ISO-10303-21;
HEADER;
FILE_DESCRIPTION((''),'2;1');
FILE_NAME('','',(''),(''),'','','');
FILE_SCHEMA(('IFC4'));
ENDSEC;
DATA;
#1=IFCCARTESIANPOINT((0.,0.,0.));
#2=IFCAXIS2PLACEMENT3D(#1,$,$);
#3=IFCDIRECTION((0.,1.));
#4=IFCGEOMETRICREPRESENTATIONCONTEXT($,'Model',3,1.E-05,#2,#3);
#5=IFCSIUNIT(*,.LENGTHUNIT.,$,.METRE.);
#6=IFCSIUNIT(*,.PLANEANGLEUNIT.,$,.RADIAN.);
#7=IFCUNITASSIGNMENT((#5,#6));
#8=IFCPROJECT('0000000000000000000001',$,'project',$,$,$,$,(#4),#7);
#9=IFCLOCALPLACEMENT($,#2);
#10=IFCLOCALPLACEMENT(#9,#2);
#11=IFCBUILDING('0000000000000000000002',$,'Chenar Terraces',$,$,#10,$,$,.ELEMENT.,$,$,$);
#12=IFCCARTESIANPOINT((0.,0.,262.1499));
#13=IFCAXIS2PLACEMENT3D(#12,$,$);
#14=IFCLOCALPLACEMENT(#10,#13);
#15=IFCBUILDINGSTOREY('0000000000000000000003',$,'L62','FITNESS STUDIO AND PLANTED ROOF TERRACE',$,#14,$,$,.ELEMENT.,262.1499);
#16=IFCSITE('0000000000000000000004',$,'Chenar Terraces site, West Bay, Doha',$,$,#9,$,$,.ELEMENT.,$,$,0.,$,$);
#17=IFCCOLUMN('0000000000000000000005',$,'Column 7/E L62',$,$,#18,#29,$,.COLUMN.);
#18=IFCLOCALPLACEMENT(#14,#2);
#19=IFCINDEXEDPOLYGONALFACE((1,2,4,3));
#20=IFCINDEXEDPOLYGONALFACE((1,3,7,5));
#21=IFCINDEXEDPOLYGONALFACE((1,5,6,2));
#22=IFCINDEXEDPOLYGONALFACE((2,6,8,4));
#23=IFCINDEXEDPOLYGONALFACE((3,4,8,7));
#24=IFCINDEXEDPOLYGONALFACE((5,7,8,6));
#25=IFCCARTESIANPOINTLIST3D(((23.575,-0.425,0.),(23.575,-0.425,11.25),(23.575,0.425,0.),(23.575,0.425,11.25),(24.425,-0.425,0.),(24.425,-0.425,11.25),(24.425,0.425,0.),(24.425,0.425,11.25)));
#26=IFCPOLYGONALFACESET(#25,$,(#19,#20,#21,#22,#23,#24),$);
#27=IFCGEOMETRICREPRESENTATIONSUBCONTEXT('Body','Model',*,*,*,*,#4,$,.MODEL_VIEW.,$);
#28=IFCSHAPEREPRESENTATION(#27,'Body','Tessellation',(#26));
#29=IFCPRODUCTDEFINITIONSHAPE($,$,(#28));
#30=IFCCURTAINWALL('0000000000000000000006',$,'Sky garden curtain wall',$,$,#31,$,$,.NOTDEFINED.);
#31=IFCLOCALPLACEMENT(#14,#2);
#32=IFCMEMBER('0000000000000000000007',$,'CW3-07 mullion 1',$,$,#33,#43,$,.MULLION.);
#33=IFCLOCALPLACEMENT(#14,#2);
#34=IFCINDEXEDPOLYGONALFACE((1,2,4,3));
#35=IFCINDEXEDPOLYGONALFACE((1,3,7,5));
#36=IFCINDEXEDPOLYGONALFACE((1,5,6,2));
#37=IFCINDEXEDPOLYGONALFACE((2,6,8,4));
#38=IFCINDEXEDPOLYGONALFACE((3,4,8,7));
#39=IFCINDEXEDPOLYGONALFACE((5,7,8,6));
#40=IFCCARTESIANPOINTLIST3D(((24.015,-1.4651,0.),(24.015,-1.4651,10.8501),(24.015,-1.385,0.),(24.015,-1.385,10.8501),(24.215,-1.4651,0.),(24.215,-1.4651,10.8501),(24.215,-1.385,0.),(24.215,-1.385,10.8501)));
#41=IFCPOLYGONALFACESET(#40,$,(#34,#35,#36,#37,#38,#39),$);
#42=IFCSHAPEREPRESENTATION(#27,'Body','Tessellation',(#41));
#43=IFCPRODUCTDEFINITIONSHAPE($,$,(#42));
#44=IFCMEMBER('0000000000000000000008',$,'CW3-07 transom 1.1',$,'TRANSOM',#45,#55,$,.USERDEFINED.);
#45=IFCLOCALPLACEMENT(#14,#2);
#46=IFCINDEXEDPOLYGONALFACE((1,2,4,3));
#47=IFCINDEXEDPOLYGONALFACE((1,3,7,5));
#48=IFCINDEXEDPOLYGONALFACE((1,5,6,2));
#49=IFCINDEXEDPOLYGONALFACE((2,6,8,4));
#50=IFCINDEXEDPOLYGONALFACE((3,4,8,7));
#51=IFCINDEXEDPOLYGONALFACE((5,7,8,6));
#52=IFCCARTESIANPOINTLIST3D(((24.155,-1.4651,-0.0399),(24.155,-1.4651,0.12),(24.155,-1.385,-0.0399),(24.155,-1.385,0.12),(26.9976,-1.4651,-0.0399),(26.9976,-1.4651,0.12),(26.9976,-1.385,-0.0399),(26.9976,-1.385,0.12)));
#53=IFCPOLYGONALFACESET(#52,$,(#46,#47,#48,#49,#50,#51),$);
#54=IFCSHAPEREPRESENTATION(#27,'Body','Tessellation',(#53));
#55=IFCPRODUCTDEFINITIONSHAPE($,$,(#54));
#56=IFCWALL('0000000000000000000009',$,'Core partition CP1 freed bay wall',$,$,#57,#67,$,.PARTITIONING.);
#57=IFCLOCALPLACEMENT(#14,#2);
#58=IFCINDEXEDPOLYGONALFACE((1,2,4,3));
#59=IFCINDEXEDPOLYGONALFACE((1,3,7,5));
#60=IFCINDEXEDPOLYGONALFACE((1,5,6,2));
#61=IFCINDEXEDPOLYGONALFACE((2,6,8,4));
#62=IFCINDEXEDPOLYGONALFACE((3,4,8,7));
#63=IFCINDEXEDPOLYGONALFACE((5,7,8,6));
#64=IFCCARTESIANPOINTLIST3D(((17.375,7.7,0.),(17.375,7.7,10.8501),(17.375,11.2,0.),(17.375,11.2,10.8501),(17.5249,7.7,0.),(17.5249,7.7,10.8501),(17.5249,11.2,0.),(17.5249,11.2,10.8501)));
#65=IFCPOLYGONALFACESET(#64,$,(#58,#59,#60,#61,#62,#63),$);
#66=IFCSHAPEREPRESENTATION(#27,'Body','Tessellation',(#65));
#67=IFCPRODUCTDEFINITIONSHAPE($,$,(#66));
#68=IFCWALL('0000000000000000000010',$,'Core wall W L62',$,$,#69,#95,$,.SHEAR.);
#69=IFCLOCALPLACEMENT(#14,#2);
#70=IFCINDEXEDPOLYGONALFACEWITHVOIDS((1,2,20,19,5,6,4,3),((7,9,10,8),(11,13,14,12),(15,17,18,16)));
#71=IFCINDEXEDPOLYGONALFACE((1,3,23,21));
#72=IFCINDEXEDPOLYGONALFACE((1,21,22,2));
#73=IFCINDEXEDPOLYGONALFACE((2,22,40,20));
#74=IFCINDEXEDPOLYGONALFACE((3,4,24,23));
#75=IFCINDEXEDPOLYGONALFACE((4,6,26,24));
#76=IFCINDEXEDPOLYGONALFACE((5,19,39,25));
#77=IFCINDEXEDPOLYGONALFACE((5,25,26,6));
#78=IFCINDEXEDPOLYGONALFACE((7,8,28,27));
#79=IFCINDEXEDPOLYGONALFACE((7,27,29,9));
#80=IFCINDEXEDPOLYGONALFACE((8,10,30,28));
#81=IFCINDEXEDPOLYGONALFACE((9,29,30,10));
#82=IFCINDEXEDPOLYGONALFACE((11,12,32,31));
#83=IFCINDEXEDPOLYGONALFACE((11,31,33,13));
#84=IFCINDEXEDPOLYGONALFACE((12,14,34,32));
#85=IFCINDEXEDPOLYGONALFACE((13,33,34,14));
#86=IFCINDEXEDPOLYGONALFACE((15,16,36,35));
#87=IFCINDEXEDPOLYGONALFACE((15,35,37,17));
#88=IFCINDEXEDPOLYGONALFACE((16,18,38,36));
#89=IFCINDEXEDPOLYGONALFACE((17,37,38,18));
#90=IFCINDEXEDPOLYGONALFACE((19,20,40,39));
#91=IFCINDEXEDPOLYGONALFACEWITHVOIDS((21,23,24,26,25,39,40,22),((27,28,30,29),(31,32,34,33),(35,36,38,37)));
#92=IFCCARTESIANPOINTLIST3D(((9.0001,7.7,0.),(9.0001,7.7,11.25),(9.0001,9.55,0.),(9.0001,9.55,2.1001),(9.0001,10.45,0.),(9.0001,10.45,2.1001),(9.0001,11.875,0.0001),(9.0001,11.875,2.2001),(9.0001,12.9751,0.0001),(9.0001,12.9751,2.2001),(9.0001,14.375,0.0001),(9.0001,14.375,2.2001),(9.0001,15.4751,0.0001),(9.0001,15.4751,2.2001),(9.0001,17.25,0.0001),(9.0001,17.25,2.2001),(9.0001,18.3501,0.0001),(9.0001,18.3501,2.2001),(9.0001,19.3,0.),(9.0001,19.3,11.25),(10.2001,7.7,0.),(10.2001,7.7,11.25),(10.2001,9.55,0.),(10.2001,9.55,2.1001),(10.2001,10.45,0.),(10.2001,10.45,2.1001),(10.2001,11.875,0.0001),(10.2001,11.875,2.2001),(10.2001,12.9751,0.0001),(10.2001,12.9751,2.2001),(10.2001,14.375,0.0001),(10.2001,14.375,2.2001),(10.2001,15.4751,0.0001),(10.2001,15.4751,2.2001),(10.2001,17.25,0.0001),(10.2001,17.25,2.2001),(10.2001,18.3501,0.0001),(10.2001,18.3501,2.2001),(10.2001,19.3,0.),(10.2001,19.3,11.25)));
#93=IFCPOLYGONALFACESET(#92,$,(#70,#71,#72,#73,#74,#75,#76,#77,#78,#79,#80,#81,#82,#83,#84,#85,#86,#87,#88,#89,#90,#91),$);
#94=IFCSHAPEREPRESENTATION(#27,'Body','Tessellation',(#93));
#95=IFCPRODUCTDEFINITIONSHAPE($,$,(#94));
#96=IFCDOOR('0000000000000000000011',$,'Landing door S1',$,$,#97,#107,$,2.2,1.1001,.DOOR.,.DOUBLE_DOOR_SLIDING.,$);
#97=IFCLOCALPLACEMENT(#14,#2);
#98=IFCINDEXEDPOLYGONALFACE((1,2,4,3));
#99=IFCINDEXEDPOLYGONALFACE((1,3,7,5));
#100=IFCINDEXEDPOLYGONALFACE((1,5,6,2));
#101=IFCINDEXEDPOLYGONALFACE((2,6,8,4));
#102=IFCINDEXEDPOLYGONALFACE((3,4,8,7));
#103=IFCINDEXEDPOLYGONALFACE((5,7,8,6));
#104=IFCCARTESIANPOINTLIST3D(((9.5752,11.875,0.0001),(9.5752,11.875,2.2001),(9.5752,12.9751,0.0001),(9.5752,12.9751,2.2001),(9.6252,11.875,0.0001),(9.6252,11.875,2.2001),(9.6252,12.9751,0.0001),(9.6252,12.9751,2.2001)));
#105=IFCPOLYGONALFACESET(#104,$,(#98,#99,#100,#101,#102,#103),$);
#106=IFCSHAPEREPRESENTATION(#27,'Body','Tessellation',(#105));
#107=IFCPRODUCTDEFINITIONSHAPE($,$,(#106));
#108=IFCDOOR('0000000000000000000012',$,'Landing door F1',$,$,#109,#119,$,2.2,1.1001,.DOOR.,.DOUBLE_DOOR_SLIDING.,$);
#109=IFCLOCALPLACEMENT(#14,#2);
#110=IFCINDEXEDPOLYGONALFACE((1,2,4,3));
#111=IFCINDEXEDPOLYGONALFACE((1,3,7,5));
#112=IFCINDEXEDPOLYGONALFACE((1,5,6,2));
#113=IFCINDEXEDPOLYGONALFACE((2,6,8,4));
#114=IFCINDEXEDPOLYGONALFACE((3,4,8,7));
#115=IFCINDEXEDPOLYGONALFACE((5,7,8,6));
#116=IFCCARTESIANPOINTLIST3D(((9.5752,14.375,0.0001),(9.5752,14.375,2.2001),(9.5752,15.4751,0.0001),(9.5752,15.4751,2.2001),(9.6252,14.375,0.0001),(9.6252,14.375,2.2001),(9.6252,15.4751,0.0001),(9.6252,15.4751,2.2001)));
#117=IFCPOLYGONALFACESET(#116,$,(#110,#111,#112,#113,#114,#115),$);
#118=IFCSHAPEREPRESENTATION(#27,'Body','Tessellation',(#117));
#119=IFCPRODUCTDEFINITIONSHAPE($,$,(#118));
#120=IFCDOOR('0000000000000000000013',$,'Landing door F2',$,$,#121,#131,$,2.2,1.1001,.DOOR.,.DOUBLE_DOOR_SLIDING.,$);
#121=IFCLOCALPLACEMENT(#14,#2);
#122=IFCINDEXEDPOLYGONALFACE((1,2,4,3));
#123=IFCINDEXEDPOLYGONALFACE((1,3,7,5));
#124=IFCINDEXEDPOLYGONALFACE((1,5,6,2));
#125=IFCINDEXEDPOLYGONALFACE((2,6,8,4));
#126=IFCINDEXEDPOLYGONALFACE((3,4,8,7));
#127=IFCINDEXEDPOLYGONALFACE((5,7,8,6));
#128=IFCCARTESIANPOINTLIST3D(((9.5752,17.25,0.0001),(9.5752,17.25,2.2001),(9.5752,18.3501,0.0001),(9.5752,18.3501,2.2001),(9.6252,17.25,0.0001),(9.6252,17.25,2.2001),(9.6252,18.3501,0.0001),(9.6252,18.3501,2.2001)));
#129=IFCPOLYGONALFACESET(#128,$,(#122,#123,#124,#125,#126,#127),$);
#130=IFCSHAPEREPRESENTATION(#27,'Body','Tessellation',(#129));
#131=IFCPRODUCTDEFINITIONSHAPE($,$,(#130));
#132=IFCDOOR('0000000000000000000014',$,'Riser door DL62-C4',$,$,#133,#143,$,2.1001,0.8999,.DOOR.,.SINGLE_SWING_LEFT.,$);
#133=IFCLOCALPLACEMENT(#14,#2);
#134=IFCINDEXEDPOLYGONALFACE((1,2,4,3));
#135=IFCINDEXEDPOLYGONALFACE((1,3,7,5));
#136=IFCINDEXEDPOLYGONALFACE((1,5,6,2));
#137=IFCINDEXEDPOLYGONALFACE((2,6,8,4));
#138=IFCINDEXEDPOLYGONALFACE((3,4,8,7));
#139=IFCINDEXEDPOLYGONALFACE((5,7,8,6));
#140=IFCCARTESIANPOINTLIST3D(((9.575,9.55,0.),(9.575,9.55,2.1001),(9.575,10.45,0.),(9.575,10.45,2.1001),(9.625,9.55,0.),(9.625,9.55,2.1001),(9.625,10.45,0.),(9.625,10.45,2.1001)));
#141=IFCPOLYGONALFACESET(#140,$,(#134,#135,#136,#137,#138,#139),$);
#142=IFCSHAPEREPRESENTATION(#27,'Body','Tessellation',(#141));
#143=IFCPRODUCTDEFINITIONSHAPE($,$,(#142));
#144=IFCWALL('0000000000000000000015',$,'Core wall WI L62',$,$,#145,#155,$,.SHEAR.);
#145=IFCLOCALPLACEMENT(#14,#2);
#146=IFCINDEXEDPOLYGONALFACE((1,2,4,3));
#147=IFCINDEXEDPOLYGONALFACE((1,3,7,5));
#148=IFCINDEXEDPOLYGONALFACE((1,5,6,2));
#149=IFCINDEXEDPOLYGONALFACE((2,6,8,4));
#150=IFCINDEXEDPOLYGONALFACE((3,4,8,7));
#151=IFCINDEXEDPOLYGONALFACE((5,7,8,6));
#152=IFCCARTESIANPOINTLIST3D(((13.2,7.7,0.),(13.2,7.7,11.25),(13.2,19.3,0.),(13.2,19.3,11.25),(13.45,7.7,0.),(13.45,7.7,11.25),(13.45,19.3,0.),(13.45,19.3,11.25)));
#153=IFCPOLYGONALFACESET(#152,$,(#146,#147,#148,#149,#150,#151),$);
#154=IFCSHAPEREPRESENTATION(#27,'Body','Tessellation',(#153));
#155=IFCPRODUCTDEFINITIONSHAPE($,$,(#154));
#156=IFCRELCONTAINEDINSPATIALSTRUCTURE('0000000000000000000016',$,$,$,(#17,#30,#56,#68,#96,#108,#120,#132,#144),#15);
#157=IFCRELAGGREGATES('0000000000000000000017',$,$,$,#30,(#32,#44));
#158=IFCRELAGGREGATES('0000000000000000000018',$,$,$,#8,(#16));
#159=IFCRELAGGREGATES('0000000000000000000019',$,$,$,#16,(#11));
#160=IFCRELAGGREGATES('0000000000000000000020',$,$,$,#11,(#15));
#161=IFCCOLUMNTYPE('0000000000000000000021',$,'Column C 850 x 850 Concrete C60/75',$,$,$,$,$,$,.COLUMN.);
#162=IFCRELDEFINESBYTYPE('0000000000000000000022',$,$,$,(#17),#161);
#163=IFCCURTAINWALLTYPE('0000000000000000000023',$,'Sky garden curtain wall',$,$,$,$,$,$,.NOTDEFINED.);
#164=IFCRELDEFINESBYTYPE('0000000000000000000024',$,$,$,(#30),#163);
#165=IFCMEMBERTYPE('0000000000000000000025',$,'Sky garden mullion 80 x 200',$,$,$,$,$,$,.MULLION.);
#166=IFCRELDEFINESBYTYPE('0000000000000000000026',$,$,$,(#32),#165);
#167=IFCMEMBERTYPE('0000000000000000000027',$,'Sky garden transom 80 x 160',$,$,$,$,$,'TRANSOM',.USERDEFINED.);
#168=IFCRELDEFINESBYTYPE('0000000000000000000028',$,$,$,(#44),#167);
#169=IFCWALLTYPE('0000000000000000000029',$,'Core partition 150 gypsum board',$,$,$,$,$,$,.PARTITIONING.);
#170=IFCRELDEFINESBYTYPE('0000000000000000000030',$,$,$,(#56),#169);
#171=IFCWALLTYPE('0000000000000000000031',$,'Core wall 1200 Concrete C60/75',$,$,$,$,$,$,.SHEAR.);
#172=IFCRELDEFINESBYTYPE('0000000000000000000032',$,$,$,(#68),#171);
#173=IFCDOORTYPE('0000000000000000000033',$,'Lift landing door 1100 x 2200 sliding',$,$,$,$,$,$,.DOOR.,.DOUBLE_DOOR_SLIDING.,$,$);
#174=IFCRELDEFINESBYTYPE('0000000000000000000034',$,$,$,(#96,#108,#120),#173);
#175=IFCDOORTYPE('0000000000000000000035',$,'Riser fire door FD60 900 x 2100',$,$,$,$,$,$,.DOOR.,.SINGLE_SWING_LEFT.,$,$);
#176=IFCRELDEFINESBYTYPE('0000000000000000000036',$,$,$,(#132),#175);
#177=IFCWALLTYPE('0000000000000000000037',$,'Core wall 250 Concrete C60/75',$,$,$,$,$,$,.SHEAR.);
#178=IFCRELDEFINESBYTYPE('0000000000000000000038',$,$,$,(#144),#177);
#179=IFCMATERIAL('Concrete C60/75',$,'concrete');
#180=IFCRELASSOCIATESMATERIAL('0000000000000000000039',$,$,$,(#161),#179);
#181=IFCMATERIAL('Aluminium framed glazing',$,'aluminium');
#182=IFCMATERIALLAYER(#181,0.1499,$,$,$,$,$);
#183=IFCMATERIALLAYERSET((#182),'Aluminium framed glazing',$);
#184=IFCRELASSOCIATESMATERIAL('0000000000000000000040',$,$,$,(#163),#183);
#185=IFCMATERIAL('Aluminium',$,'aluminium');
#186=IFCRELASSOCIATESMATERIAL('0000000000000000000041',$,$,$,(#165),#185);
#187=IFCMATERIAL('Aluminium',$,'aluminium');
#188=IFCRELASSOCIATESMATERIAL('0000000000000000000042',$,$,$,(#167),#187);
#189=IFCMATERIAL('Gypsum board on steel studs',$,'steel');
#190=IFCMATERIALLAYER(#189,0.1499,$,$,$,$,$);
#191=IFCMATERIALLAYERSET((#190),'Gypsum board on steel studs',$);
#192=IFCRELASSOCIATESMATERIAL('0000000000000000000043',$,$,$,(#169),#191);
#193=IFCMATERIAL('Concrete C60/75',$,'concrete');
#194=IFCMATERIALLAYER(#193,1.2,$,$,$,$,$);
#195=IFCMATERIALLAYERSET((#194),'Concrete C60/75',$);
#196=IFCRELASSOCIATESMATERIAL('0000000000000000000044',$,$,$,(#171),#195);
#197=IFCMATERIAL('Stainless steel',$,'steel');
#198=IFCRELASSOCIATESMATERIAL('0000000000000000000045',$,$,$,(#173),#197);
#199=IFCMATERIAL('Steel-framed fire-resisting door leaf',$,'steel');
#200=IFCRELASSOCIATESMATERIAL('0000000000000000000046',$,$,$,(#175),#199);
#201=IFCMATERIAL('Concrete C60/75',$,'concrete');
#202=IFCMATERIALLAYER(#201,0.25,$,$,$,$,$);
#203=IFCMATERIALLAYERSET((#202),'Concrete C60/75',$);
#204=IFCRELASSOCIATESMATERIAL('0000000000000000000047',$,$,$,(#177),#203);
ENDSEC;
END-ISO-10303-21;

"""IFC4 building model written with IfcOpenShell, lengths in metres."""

from ifc_helpers import new_model, si_unit, direction, frame, frame_2d, origin, origin_2d, place, context, subcontext, project, spatial, rectangle, extrude, material, layer, layer_set, material_profile, profile_set, type_object, element, fill, aggregate, save


model = new_model("IFC4")

# Units and contexts
model_context = context("Model", 3, precision=1e-05, world=origin(), true_north=direction((0.0, 1.0)))
body_context = subcontext(model_context, "Body", "Model", "MODEL_VIEW")
ifc_project = project(units=[si_unit("LENGTHUNIT", "METRE"), si_unit("PLANEANGLEUNIT", "RADIAN")], contexts=[model_context])

# Site, building, storey
site_placement = place(None, origin())
site = spatial("IfcSite", under=ifc_project, at=site_placement, Name="Chenar Terraces site, West Bay, Doha", CompositionType="ELEMENT", RefElevation=0.0)
building_placement = place(site_placement, origin())
building = spatial("IfcBuilding", under=site, at=building_placement, Name="Chenar Terraces", CompositionType="ELEMENT")
storey_placement = place(building_placement, frame((0.0, 0.0, 262.1499)))
storey = spatial("IfcBuildingStorey", under=building, at=storey_placement, Name="L62", Description="FITNESS STUDIO AND PLANTED ROOF TERRACE", CompositionType="ELEMENT", Elevation=262.1499)

# Column
ifc_material_1 = material(Name="Concrete C60/75", Category="concrete")
ifc_material_profile_1 = material_profile(ifc_material_1, rectangle(XDim=0.8501, YDim=0.8501, at=origin_2d()), Name="C 850 x 850")
ifc_profile_set_1 = profile_set([ifc_material_profile_1], Name="Concrete C60/75")
column_type = type_object("IfcColumnType", Name="Column C 850 x 850 Concrete C60/75", PredefinedType="COLUMN", material=ifc_profile_set_1)
column_placement = place(storey_placement, frame((24.0, 0.0, 0.0), z_axis=(0.0, 0.0, 1.0), x_axis=(1.0, 0.0, 0.0)))
element("IfcColumn", 1, at=column_placement, inside=storey, type_object=column_type, Name="Column 7/E L62", PredefinedType="COLUMN", context=body_context, shape_type="SweptSolid", body=[
    extrude(rectangle(XDim=0.8501, YDim=0.8501, at=origin_2d()), origin(), (0.0, 0.0, 1.0), 11.25),
])

# Curtain wall, members
ifc_material_2 = material(Name="Aluminium framed glazing", Category="aluminium")
ifc_layer_1 = layer(ifc_material_2, 0.1499)
ifc_layer_set_1 = layer_set([ifc_layer_1], Name="Aluminium framed glazing")
curtain_wall_type = type_object("IfcCurtainWallType", Name="Sky garden curtain wall", PredefinedType="NOTDEFINED", material=ifc_layer_set_1)
curtain_wall_placement = place(storey_placement, origin())
curtain_wall = element("IfcCurtainWall", 2, at=curtain_wall_placement, inside=storey, type_object=curtain_wall_type, Name="Sky garden curtain wall", PredefinedType="NOTDEFINED")
ifc_material_3 = material(Name="Aluminium", Category="aluminium")
ifc_material_profile_2 = material_profile(ifc_material_3, rectangle(XDim=0.0801, YDim=0.2, at=origin_2d()), Name="Sky garden mullion 80 x 200")
ifc_profile_set_2 = profile_set([ifc_material_profile_2], Name="Aluminium")
member_type_1 = type_object("IfcMemberType", Name="Sky garden mullion 80 x 200", PredefinedType="MULLION", material=ifc_profile_set_2)
member_1_placement = place(storey_placement, frame((24.115, -1.425, 0.0), z_axis=(0.0, 0.0, 1.0), x_axis=(0.0, 1.0, 0.0)))
member_1 = element("IfcMember", 3, at=member_1_placement, type_object=member_type_1, Name="CW3-07 mullion 1", PredefinedType="MULLION", context=body_context, shape_type="SweptSolid", body=[
    extrude(rectangle(XDim=0.0801, YDim=0.2, at=origin_2d()), origin(), (0.0, 0.0, 1.0), 10.8501),
])
ifc_material_4 = material(Name="Aluminium", Category="aluminium")
ifc_material_profile_3 = material_profile(ifc_material_4, rectangle(XDim=0.0801, YDim=0.1599, at=origin_2d()), Name="Sky garden transom 80 x 160")
ifc_profile_set_3 = profile_set([ifc_material_profile_3], Name="Aluminium")
member_type_2 = type_object("IfcMemberType", Name="Sky garden transom 80 x 160", ElementType="TRANSOM", PredefinedType="USERDEFINED", material=ifc_profile_set_3)
member_2_placement = place(storey_placement, frame((24.155, -1.425, 0.04), z_axis=(1.0, 0.0, 0.0), x_axis=(0.0, 1.0, 0.0)))
member_2 = element("IfcMember", 4, at=member_2_placement, type_object=member_type_2, Name="CW3-07 transom 1.1", ObjectType="TRANSOM", PredefinedType="USERDEFINED", context=body_context, shape_type="SweptSolid", body=[
    extrude(rectangle(XDim=0.0801, YDim=0.1599, at=origin_2d()), origin(), (0.0, 0.0, 1.0), 2.8425),
])
aggregate(curtain_wall, [member_1, member_2])

# Wall
ifc_material_5 = material(Name="Gypsum board on steel studs", Category="steel")
ifc_layer_2 = layer(ifc_material_5, 0.1499)
ifc_layer_set_2 = layer_set([ifc_layer_2], Name="Gypsum board on steel studs")
wall_type_1 = type_object("IfcWallType", Name="Core partition 150 gypsum board", PredefinedType="PARTITIONING", material=ifc_layer_set_2)
wall_1_placement = place(storey_placement, frame((17.45, 7.7, 0.0), z_axis=(0.0, 0.0, 1.0), x_axis=(0.0, 1.0, 0.0)))
element("IfcWall", 5, at=wall_1_placement, inside=storey, type_object=wall_type_1, Name="Core partition CP1 freed bay wall", PredefinedType="PARTITIONING", context=body_context, shape_type="SweptSolid", body=[
    extrude(rectangle(XDim=3.5, YDim=0.1499, at=frame_2d((1.75, 0.0))), origin(), (0.0, 0.0, 1.0), 10.8501),
])

# Wall, openings, doors
ifc_material_6 = material(Name="Concrete C60/75", Category="concrete")
ifc_layer_3 = layer(ifc_material_6, 1.2)
ifc_layer_set_3 = layer_set([ifc_layer_3], Name="Concrete C60/75")
wall_type_2 = type_object("IfcWallType", Name="Core wall 1200 Concrete C60/75", PredefinedType="SHEAR", material=ifc_layer_set_3)
wall_2_placement = place(storey_placement, frame((9.6001, 7.7, 0.0), z_axis=(0.0, 0.0, 1.0), x_axis=(0.0, 1.0, 0.0)))
wall_2 = element("IfcWall", 6, at=wall_2_placement, inside=storey, type_object=wall_type_2, Name="Core wall W L62", PredefinedType="SHEAR", context=body_context, shape_type="SweptSolid", body=[
    extrude(rectangle(XDim=11.6001, YDim=1.2, at=frame_2d((5.8, 0.0))), origin(), (0.0, 0.0, 1.0), 11.25),
])
opening_1_placement = place(wall_2_placement, frame((4.175, 0.0, 0.0)))
opening_1 = element("IfcOpeningElement", 7, at=opening_1_placement, cuts=wall_2, PredefinedType="OPENING", context=body_context, shape_type="SweptSolid", body=[
    extrude(rectangle(XDim=1.1001, YDim=2.2, at=frame_2d((0.55, 1.1001))), frame((0.0, 0.6099, 0.0), z_axis=(0.0, -1.0, 0.0), x_axis=(1.0, 0.0, 0.0)), (0.0, 0.0, 1.0), 1.22),
])
opening_2_placement = place(wall_2_placement, frame((6.675, 0.0, 0.0)))
opening_2 = element("IfcOpeningElement", 8, at=opening_2_placement, cuts=wall_2, PredefinedType="OPENING", context=body_context, shape_type="SweptSolid", body=[
    extrude(rectangle(XDim=1.1001, YDim=2.2, at=frame_2d((0.55, 1.1001))), frame((0.0, 0.6099, 0.0), z_axis=(0.0, -1.0, 0.0), x_axis=(1.0, 0.0, 0.0)), (0.0, 0.0, 1.0), 1.22),
])
opening_3_placement = place(wall_2_placement, frame((9.55, 0.0, 0.0)))
opening_3 = element("IfcOpeningElement", 9, at=opening_3_placement, cuts=wall_2, PredefinedType="OPENING", context=body_context, shape_type="SweptSolid", body=[
    extrude(rectangle(XDim=1.1001, YDim=2.2, at=frame_2d((0.55, 1.1001))), frame((0.0, 0.6099, 0.0), z_axis=(0.0, -1.0, 0.0), x_axis=(1.0, 0.0, 0.0)), (0.0, 0.0, 1.0), 1.22),
])
opening_4_placement = place(wall_2_placement, frame((1.8501, 0.0, 0.0)))
opening_4 = element("IfcOpeningElement", 10, at=opening_4_placement, cuts=wall_2, PredefinedType="OPENING", context=body_context, shape_type="SweptSolid", body=[
    extrude(rectangle(XDim=0.8999, YDim=2.1001, at=frame_2d((0.45, 1.05))), frame((0.0, 0.6099, 0.0), z_axis=(0.0, -1.0, 0.0), x_axis=(1.0, 0.0, 0.0)), (0.0, 0.0, 1.0), 1.22),
])
ifc_material_7 = material(Name="Stainless steel", Category="steel")
door_type_1 = type_object("IfcDoorType", Name="Lift landing door 1100 x 2200 sliding", OperationType="DOUBLE_DOOR_SLIDING", PredefinedType="DOOR", material=ifc_material_7)
door_1_placement = place(opening_1_placement, origin())
door_1 = element("IfcDoor", 11, at=door_1_placement, inside=storey, type_object=door_type_1, Name="Landing door S1", OperationType="DOUBLE_DOOR_SLIDING", OverallHeight=2.2, OverallWidth=1.1001, PredefinedType="DOOR", context=body_context, shape_type="SweptSolid", body=[
    extrude(rectangle(XDim=1.1001, YDim=2.2, at=frame_2d((0.55, 1.1001))), frame((0.0, 0.0249, 0.0), z_axis=(0.0, -1.0, 0.0), x_axis=(1.0, 0.0, 0.0)), (0.0, 0.0, 1.0), 0.05),
])
fill(opening_1, door_1)
door_2_placement = place(opening_2_placement, origin())
door_2 = element("IfcDoor", 12, at=door_2_placement, inside=storey, type_object=door_type_1, Name="Landing door F1", OperationType="DOUBLE_DOOR_SLIDING", OverallHeight=2.2, OverallWidth=1.1001, PredefinedType="DOOR", context=body_context, shape_type="SweptSolid", body=[
    extrude(rectangle(XDim=1.1001, YDim=2.2, at=frame_2d((0.55, 1.1001))), frame((0.0, 0.0249, 0.0), z_axis=(0.0, -1.0, 0.0), x_axis=(1.0, 0.0, 0.0)), (0.0, 0.0, 1.0), 0.05),
])
fill(opening_2, door_2)
door_3_placement = place(opening_3_placement, origin())
door_3 = element("IfcDoor", 13, at=door_3_placement, inside=storey, type_object=door_type_1, Name="Landing door F2", OperationType="DOUBLE_DOOR_SLIDING", OverallHeight=2.2, OverallWidth=1.1001, PredefinedType="DOOR", context=body_context, shape_type="SweptSolid", body=[
    extrude(rectangle(XDim=1.1001, YDim=2.2, at=frame_2d((0.55, 1.1001))), frame((0.0, 0.0249, 0.0), z_axis=(0.0, -1.0, 0.0), x_axis=(1.0, 0.0, 0.0)), (0.0, 0.0, 1.0), 0.05),
])
fill(opening_3, door_3)
ifc_material_8 = material(Name="Steel-framed fire-resisting door leaf", Category="steel")
door_type_2 = type_object("IfcDoorType", Name="Riser fire door FD60 900 x 2100", OperationType="SINGLE_SWING_LEFT", PredefinedType="DOOR", material=ifc_material_8)
door_4_placement = place(opening_4_placement, frame((0.8999, 0.0, 0.0), z_axis=(0.0, 0.0, 1.0), x_axis=(-1.0, 0.0, 0.0)))
door_4 = element("IfcDoor", 14, at=door_4_placement, inside=storey, type_object=door_type_2, Name="Riser door DL62-C4", OperationType="SINGLE_SWING_LEFT", OverallHeight=2.1001, OverallWidth=0.8999, PredefinedType="DOOR", context=body_context, shape_type="SweptSolid", body=[
    extrude(rectangle(XDim=0.8999, YDim=2.1001, at=frame_2d((0.45, 1.05))), frame((0.0, 0.0249, 0.0), z_axis=(0.0, -1.0, 0.0), x_axis=(1.0, 0.0, 0.0)), (0.0, 0.0, 1.0), 0.05),
])
fill(opening_4, door_4)

# Wall
ifc_material_9 = material(Name="Concrete C60/75", Category="concrete")
ifc_layer_4 = layer(ifc_material_9, 0.25)
ifc_layer_set_4 = layer_set([ifc_layer_4], Name="Concrete C60/75")
wall_type_3 = type_object("IfcWallType", Name="Core wall 250 Concrete C60/75", PredefinedType="SHEAR", material=ifc_layer_set_4)
wall_3_placement = place(storey_placement, frame((13.325, 7.7, 0.0), z_axis=(0.0, 0.0, 1.0), x_axis=(0.0, 1.0, 0.0)))
element("IfcWall", 15, at=wall_3_placement, inside=storey, type_object=wall_type_3, Name="Core wall WI L62", PredefinedType="SHEAR", context=body_context, shape_type="SweptSolid", body=[
    extrude(rectangle(XDim=11.6001, YDim=0.25, at=frame_2d((5.8, 0.0))), origin(), (0.0, 0.0, 1.0), 11.25),
])

save(model, "model.ifc")
